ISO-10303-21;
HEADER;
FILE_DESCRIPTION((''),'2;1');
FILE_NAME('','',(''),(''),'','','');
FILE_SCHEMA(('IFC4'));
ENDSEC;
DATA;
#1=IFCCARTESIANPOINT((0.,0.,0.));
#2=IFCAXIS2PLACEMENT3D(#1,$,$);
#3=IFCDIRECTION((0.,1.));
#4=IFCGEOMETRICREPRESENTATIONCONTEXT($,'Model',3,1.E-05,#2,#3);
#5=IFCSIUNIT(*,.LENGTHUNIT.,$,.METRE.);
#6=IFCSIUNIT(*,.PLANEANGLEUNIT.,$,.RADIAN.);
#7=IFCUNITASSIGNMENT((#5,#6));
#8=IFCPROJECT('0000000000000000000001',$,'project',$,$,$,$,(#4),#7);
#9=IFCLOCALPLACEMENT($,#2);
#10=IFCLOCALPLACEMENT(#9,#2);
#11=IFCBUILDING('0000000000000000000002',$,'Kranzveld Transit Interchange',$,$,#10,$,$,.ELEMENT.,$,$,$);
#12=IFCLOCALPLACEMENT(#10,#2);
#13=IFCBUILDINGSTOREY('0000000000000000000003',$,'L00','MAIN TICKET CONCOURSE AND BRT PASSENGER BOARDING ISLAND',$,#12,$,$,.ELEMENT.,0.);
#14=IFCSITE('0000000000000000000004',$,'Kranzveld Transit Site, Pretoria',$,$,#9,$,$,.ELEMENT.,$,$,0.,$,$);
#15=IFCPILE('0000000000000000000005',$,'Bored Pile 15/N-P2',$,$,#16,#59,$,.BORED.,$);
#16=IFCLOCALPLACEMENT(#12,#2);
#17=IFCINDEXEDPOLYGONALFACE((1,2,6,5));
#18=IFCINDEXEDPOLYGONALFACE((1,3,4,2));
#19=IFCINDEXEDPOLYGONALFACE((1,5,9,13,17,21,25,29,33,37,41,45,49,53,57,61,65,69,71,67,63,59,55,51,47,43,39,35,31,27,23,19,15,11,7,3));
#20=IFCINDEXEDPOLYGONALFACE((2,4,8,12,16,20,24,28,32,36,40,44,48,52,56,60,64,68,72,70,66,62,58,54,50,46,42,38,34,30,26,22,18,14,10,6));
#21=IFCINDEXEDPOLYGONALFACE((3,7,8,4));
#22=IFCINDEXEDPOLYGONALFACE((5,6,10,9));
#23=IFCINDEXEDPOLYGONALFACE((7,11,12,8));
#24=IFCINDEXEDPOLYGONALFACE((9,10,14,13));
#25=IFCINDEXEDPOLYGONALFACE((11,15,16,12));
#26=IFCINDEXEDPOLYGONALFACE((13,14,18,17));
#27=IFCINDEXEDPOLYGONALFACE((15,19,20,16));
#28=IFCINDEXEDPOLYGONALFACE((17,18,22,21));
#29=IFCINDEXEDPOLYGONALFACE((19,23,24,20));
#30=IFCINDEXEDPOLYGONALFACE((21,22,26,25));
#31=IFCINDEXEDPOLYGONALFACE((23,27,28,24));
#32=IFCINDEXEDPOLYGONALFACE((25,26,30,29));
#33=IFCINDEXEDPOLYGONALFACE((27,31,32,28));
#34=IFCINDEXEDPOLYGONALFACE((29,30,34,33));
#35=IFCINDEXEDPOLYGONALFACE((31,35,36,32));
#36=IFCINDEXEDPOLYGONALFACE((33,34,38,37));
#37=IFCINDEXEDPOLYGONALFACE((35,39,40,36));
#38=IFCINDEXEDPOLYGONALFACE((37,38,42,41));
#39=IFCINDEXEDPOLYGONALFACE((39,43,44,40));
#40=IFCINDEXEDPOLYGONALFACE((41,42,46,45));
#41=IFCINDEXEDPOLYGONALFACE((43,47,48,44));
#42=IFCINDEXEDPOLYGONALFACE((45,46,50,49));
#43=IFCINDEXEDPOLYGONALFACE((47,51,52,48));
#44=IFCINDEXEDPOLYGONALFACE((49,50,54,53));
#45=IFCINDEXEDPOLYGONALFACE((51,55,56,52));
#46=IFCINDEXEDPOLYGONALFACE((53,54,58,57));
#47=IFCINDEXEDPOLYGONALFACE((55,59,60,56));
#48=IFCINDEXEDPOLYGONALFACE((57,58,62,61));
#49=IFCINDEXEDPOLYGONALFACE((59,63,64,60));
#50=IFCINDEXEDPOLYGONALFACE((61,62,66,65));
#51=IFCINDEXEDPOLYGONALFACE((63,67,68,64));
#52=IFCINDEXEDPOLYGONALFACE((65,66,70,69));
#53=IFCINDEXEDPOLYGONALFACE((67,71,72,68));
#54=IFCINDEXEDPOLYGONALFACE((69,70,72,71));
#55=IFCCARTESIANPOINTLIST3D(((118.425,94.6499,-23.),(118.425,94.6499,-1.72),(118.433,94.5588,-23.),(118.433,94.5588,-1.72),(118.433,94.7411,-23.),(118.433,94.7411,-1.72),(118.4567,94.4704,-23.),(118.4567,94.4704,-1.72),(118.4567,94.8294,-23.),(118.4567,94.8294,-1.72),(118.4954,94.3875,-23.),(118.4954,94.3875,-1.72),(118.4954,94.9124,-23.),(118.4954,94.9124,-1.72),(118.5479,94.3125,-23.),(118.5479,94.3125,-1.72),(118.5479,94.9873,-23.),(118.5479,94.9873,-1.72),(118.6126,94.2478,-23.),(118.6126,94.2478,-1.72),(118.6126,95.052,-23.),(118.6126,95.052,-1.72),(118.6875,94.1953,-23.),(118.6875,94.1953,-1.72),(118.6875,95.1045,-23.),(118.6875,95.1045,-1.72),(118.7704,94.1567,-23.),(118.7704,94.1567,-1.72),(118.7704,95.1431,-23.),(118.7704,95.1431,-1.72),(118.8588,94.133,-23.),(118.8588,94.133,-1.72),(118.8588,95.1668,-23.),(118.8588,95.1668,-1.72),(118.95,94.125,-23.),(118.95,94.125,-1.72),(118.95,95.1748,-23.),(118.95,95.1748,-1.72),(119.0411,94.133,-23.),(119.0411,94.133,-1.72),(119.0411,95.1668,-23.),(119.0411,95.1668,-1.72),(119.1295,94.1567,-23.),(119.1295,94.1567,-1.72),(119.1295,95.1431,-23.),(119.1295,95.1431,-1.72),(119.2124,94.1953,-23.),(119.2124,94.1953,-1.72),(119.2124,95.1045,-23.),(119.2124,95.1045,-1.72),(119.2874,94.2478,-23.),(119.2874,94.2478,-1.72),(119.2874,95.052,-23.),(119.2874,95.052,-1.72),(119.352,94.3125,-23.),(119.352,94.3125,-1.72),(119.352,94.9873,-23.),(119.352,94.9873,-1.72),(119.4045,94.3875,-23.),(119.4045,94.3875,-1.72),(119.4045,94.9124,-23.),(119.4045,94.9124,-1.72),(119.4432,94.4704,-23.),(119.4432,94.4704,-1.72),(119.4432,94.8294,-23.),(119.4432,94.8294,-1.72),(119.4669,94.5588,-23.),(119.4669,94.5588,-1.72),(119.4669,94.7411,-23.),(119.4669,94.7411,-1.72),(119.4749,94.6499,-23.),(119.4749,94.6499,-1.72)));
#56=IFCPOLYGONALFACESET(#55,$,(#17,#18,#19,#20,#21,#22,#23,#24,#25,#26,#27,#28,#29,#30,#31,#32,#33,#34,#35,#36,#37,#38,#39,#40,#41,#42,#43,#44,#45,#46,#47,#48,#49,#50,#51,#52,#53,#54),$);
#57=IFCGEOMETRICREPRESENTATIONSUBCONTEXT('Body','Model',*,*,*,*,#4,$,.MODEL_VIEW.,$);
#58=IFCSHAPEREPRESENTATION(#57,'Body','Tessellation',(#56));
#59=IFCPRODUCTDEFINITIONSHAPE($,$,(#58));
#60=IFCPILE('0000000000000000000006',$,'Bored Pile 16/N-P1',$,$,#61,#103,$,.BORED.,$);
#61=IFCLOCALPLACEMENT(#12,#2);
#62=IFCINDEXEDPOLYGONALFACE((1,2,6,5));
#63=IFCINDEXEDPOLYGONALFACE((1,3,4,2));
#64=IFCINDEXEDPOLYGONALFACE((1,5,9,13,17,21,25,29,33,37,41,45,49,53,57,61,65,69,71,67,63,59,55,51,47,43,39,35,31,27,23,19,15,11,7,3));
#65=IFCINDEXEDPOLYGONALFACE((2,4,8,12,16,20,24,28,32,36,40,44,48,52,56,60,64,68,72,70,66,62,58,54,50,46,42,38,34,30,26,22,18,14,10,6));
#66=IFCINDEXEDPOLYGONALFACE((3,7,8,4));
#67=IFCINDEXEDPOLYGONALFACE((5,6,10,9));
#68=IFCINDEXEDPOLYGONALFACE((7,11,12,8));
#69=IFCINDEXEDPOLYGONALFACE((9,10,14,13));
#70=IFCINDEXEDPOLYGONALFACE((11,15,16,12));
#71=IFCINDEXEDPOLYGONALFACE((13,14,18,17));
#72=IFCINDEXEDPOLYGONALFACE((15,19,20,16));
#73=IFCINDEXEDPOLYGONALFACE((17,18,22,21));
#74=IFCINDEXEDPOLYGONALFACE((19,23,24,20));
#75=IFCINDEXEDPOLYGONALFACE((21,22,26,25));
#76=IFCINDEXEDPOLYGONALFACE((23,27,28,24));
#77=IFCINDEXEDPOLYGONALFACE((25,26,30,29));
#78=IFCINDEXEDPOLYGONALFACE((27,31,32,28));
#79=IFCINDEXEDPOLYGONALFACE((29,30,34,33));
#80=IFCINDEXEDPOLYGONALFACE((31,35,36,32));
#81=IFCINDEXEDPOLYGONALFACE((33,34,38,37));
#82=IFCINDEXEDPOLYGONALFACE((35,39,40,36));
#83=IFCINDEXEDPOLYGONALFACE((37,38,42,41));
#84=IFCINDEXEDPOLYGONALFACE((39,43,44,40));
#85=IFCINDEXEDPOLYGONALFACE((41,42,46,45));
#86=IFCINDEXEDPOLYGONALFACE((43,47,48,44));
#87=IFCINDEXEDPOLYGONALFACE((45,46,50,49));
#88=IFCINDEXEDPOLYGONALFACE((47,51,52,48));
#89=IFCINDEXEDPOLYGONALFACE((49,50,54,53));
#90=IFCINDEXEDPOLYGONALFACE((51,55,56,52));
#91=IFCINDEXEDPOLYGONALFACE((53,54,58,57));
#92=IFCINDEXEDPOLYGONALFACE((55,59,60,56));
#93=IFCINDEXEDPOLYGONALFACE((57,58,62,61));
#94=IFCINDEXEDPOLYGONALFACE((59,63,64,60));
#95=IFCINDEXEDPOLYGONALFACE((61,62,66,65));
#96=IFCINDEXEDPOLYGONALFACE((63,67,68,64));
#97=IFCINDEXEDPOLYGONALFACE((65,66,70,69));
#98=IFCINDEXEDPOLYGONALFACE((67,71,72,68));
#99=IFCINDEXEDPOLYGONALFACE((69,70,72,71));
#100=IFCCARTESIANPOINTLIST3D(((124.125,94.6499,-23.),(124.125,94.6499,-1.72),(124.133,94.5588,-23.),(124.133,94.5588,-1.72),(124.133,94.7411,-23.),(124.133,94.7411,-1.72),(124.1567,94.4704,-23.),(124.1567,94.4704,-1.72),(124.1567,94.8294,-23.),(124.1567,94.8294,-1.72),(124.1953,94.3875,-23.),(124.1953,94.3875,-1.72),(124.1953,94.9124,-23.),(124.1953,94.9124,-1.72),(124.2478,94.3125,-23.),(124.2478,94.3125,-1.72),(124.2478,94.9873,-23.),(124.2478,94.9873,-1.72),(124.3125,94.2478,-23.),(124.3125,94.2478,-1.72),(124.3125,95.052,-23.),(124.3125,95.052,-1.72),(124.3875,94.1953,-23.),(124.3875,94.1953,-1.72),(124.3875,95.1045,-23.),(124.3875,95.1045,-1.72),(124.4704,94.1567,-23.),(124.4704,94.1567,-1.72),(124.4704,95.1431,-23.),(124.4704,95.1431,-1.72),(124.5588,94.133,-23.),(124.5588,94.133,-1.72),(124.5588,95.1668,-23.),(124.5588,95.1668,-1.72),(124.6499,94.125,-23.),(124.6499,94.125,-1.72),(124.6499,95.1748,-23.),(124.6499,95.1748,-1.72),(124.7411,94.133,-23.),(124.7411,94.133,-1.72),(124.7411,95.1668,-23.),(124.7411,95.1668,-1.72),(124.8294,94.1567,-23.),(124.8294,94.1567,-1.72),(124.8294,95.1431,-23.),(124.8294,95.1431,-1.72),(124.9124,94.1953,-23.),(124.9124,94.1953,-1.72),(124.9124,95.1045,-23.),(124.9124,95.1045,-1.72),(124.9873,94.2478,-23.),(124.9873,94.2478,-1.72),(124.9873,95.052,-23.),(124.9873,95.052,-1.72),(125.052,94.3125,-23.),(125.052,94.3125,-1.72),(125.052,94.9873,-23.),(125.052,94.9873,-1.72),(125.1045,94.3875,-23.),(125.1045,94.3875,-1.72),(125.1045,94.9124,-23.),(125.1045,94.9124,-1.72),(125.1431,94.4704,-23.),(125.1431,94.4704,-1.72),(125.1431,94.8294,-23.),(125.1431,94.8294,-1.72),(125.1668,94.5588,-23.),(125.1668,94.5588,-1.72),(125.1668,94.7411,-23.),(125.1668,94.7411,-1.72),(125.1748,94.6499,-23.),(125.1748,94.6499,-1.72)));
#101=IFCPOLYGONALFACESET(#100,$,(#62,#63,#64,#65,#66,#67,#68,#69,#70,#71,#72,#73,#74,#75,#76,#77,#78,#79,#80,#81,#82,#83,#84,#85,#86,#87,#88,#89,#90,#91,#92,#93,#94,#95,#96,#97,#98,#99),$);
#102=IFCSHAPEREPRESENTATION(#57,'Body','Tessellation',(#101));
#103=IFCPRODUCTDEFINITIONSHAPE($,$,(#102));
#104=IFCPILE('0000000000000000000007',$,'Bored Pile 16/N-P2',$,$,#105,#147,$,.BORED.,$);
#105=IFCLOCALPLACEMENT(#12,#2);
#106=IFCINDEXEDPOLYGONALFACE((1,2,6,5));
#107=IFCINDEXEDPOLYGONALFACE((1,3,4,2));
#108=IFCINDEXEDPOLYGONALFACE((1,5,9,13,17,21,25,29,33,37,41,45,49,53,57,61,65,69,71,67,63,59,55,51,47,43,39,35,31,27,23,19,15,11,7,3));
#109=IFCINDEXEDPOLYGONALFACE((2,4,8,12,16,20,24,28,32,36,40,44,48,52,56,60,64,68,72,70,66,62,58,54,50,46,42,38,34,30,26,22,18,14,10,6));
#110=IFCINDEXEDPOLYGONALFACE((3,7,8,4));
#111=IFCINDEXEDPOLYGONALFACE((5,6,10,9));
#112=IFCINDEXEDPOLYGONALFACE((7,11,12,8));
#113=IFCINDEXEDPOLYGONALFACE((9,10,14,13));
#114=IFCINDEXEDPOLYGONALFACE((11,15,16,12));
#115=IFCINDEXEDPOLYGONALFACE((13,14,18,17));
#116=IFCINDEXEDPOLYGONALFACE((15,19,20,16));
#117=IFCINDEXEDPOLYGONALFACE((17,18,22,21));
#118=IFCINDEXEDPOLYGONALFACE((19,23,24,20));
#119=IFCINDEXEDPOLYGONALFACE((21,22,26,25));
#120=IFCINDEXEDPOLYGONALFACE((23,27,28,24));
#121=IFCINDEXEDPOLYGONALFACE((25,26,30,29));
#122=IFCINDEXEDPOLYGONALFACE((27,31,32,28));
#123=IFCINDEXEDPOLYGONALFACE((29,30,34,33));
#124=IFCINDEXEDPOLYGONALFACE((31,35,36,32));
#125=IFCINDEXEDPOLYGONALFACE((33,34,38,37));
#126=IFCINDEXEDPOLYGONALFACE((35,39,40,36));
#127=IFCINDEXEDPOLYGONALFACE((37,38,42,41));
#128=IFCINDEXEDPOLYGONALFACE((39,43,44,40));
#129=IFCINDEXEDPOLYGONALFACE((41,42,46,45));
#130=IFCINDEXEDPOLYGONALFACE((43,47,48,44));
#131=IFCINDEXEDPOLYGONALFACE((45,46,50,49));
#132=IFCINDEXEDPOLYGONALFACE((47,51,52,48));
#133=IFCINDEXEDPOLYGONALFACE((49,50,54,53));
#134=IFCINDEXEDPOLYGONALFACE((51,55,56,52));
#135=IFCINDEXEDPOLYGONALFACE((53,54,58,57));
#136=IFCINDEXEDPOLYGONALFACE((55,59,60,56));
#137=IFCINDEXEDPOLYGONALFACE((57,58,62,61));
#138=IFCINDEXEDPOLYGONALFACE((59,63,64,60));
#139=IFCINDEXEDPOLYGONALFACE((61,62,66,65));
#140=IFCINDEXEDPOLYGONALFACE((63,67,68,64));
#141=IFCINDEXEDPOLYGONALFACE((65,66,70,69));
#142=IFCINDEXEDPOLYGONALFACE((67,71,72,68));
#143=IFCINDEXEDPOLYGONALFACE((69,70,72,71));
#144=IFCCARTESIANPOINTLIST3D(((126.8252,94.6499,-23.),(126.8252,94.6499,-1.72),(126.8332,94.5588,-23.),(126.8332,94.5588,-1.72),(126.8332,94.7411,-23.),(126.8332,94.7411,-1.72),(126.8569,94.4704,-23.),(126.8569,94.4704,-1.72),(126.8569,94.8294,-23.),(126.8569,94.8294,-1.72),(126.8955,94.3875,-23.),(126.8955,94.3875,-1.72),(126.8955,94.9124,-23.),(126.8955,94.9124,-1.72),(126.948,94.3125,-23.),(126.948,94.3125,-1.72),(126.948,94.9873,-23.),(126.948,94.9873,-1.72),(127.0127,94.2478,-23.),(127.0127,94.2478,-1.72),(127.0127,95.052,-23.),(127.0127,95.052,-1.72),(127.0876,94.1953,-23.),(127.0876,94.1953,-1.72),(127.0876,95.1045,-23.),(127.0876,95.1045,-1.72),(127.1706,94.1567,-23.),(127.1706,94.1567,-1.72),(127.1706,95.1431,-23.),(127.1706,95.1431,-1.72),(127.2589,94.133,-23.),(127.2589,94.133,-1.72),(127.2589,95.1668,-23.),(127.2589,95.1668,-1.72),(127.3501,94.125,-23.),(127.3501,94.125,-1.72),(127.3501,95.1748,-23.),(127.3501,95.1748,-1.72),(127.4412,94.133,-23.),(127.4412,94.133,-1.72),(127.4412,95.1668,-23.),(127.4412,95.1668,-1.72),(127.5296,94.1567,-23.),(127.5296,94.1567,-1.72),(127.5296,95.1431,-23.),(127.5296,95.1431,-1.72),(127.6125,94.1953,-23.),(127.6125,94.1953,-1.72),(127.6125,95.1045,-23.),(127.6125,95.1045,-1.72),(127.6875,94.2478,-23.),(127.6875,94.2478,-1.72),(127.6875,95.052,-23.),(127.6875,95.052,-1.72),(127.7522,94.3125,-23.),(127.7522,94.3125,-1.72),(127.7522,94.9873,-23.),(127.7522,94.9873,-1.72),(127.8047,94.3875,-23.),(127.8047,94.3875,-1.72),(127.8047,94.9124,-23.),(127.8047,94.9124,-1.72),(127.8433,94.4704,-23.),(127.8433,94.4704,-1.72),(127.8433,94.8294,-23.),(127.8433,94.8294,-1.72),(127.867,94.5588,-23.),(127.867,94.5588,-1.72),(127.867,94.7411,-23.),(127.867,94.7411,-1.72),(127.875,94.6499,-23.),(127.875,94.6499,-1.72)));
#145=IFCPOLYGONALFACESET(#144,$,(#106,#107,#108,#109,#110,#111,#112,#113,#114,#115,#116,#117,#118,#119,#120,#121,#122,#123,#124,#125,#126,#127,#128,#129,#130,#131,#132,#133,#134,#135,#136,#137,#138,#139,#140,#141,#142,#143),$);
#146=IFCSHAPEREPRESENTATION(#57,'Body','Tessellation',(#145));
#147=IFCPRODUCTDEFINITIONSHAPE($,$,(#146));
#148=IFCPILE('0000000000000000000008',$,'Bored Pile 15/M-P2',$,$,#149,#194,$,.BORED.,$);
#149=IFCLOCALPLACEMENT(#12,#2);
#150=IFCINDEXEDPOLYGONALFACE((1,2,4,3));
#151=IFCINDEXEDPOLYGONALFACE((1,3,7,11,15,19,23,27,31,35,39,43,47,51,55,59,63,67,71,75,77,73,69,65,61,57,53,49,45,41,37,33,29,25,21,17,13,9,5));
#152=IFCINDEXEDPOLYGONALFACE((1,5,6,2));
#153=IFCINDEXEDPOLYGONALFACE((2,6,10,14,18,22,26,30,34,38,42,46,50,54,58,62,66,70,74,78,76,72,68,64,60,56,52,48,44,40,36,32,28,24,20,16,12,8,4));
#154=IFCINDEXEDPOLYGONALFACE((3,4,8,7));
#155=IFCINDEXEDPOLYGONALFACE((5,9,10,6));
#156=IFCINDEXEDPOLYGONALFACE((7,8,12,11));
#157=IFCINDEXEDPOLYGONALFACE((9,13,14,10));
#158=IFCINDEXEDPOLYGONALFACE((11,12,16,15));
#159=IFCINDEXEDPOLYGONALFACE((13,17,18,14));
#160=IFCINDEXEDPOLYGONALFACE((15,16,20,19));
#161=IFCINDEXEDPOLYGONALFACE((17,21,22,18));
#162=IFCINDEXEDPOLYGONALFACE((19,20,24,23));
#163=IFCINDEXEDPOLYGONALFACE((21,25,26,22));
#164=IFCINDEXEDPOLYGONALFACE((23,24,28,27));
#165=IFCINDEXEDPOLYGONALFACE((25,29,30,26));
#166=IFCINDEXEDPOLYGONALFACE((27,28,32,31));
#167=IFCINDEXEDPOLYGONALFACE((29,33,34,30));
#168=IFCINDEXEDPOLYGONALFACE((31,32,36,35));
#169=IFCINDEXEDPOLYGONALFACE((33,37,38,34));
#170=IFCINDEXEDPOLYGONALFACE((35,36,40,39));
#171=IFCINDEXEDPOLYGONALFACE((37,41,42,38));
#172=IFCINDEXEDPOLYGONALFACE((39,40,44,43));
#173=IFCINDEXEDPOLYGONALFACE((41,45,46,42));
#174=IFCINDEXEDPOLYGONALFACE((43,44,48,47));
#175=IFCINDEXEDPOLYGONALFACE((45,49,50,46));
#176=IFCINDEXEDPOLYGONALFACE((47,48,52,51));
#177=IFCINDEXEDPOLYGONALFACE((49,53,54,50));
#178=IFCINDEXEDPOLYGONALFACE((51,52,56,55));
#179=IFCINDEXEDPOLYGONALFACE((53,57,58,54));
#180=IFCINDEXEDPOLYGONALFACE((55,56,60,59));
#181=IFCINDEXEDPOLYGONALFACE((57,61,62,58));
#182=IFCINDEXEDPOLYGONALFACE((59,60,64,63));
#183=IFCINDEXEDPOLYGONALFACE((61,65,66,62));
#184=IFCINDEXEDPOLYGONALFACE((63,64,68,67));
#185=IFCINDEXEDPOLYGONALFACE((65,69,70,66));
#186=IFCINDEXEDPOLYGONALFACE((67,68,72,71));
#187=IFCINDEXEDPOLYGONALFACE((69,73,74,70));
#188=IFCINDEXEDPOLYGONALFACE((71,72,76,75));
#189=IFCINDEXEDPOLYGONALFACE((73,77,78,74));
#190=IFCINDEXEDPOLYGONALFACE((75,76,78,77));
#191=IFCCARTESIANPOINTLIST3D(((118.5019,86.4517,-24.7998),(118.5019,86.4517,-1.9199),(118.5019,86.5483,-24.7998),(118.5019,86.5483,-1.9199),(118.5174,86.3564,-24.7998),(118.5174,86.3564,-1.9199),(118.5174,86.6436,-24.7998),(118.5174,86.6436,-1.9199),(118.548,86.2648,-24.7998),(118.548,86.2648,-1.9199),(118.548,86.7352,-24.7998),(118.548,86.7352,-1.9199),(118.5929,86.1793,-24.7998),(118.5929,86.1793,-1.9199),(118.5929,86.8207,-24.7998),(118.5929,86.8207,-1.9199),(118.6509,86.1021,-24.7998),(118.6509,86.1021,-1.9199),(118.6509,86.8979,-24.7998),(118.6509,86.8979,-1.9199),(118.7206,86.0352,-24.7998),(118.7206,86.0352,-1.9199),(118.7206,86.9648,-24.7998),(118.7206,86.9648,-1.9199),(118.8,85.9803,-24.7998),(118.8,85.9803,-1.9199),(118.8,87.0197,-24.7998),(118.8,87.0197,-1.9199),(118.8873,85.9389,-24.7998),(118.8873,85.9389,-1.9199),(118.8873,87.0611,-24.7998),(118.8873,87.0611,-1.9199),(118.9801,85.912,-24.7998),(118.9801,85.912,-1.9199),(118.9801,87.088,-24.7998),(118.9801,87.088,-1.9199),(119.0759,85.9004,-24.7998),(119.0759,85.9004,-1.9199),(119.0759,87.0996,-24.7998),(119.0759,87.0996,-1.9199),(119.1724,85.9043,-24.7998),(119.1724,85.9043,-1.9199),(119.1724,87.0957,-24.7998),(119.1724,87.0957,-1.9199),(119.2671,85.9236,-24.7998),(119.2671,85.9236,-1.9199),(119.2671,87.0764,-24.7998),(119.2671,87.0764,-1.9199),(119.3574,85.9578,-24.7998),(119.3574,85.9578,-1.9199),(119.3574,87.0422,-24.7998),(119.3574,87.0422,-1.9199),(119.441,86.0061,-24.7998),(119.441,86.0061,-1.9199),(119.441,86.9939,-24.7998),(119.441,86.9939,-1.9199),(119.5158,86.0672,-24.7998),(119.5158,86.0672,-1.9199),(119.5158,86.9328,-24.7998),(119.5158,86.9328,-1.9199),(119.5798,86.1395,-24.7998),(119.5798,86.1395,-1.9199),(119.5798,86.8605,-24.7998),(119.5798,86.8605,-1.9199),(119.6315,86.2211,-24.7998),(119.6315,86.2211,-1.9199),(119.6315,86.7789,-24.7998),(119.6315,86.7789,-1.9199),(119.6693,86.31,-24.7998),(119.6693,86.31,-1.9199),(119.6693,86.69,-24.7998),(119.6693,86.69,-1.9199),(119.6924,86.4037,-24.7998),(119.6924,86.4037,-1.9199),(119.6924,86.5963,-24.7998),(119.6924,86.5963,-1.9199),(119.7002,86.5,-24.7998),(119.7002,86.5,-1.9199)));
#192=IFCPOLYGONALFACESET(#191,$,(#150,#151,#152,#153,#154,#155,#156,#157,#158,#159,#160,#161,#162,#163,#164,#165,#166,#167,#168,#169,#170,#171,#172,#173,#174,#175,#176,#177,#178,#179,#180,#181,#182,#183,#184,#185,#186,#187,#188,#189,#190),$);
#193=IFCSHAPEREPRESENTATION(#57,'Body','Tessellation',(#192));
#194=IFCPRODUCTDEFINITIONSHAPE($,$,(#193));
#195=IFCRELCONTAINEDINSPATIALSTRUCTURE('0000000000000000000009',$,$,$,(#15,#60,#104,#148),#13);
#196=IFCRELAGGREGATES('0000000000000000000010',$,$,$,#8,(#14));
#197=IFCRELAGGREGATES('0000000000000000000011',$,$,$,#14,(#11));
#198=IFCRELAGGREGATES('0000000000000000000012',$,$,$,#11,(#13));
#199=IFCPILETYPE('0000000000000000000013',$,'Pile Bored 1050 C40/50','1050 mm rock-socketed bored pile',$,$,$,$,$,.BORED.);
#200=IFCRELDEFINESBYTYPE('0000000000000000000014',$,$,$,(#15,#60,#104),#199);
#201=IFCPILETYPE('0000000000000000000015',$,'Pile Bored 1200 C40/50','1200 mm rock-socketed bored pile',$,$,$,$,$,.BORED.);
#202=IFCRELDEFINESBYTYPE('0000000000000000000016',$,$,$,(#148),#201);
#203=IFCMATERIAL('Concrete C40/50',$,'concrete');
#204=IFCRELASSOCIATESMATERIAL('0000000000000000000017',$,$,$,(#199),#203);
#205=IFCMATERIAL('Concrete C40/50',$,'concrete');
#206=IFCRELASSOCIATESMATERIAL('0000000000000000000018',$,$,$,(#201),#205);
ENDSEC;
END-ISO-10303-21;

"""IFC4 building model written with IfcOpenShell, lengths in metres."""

from ifc_helpers import new_model, si_unit, direction, frame, origin, origin_2d, place, context, subcontext, project, spatial, circle, extrude, material, material_profile, profile_set, type_object, element, save


model = new_model("IFC4")

# Units and contexts
model_context = context("Model", 3, precision=1e-05, world=origin(), true_north=direction((0.0, 1.0)))
body_context = subcontext(model_context, "Body", "Model", "MODEL_VIEW")
ifc_project = project(units=[si_unit("LENGTHUNIT", "METRE"), si_unit("PLANEANGLEUNIT", "RADIAN")], contexts=[model_context])

# Site, building, storey
site_placement = place(None, origin())
site = spatial("IfcSite", under=ifc_project, at=site_placement, Name="Kranzveld Transit Site, Pretoria", CompositionType="ELEMENT", RefElevation=0.0)
building_placement = place(site_placement, origin())
building = spatial("IfcBuilding", under=site, at=building_placement, Name="Kranzveld Transit Interchange", CompositionType="ELEMENT")
storey_placement = place(building_placement, origin())
storey = spatial("IfcBuildingStorey", under=building, at=storey_placement, Name="L00", Description="MAIN TICKET CONCOURSE AND BRT PASSENGER BOARDING ISLAND", CompositionType="ELEMENT", Elevation=0.0)

# Piles
ifc_material_1 = material(Name="Concrete C40/50", Category="concrete")
ifc_material_profile_1 = material_profile(ifc_material_1, circle(Radius=0.5249, at=origin_2d()), Name="BORED PILE 1050")
ifc_profile_set_1 = profile_set([ifc_material_profile_1], Name="Concrete C40/50")
pile_type_1 = type_object("IfcPileType", Name="Pile Bored 1050 C40/50", Description="1050 mm rock-socketed bored pile", PredefinedType="BORED", material=ifc_profile_set_1)
for number, where, z_axis, x_axis, name in (
    (1, (118.95, 94.6499, -1.72), (0.0, 0.0, -1.0), (1.0, 0.0, 0.0), "Bored Pile 15/N-P2"),
    (2, (124.6499, 94.6499, -1.72), (0.0, 0.0, -1.0), (1.0, 0.0, 0.0), "Bored Pile 16/N-P1"),
    (3, (127.3501, 94.6499, -1.72), (0.0, 0.0, -1.0), (1.0, 0.0, 0.0), "Bored Pile 16/N-P2"),
):
    element("IfcPile", number, at=place(storey_placement, frame(where, z_axis=z_axis, x_axis=x_axis)), inside=storey, type_object=pile_type_1, Name=name, PredefinedType="BORED", context=body_context, shape_type="SweptSolid", body=[
        extrude(circle(Radius=0.5249, at=origin_2d()), origin(), (0.0, 0.0, 1.0), 21.28),
    ])
ifc_material_2 = material(Name="Concrete C40/50", Category="concrete")
ifc_material_profile_2 = material_profile(ifc_material_2, circle(Radius=0.6001, at=origin_2d()), Name="BORED PILE 1200")
ifc_profile_set_2 = profile_set([ifc_material_profile_2], Name="Concrete C40/50")
pile_type_2 = type_object("IfcPileType", Name="Pile Bored 1200 C40/50", Description="1200 mm rock-socketed bored pile", PredefinedType="BORED", material=ifc_profile_set_2)
for number, where, z_axis, x_axis, name in (
    (4, (119.1001, 86.5, -1.9199), (0.0, 0.0, -1.0), (1.0, 0.0, 0.0), "Bored Pile 15/M-P2"),
):
    element("IfcPile", number, at=place(storey_placement, frame(where, z_axis=z_axis, x_axis=x_axis)), inside=storey, type_object=pile_type_2, Name=name, PredefinedType="BORED", context=body_context, shape_type="SweptSolid", body=[
        extrude(circle(Radius=0.6001, at=origin_2d()), origin(), (0.0, 0.0, 1.0), 22.8799),
    ])

save(model, "model.ifc")
